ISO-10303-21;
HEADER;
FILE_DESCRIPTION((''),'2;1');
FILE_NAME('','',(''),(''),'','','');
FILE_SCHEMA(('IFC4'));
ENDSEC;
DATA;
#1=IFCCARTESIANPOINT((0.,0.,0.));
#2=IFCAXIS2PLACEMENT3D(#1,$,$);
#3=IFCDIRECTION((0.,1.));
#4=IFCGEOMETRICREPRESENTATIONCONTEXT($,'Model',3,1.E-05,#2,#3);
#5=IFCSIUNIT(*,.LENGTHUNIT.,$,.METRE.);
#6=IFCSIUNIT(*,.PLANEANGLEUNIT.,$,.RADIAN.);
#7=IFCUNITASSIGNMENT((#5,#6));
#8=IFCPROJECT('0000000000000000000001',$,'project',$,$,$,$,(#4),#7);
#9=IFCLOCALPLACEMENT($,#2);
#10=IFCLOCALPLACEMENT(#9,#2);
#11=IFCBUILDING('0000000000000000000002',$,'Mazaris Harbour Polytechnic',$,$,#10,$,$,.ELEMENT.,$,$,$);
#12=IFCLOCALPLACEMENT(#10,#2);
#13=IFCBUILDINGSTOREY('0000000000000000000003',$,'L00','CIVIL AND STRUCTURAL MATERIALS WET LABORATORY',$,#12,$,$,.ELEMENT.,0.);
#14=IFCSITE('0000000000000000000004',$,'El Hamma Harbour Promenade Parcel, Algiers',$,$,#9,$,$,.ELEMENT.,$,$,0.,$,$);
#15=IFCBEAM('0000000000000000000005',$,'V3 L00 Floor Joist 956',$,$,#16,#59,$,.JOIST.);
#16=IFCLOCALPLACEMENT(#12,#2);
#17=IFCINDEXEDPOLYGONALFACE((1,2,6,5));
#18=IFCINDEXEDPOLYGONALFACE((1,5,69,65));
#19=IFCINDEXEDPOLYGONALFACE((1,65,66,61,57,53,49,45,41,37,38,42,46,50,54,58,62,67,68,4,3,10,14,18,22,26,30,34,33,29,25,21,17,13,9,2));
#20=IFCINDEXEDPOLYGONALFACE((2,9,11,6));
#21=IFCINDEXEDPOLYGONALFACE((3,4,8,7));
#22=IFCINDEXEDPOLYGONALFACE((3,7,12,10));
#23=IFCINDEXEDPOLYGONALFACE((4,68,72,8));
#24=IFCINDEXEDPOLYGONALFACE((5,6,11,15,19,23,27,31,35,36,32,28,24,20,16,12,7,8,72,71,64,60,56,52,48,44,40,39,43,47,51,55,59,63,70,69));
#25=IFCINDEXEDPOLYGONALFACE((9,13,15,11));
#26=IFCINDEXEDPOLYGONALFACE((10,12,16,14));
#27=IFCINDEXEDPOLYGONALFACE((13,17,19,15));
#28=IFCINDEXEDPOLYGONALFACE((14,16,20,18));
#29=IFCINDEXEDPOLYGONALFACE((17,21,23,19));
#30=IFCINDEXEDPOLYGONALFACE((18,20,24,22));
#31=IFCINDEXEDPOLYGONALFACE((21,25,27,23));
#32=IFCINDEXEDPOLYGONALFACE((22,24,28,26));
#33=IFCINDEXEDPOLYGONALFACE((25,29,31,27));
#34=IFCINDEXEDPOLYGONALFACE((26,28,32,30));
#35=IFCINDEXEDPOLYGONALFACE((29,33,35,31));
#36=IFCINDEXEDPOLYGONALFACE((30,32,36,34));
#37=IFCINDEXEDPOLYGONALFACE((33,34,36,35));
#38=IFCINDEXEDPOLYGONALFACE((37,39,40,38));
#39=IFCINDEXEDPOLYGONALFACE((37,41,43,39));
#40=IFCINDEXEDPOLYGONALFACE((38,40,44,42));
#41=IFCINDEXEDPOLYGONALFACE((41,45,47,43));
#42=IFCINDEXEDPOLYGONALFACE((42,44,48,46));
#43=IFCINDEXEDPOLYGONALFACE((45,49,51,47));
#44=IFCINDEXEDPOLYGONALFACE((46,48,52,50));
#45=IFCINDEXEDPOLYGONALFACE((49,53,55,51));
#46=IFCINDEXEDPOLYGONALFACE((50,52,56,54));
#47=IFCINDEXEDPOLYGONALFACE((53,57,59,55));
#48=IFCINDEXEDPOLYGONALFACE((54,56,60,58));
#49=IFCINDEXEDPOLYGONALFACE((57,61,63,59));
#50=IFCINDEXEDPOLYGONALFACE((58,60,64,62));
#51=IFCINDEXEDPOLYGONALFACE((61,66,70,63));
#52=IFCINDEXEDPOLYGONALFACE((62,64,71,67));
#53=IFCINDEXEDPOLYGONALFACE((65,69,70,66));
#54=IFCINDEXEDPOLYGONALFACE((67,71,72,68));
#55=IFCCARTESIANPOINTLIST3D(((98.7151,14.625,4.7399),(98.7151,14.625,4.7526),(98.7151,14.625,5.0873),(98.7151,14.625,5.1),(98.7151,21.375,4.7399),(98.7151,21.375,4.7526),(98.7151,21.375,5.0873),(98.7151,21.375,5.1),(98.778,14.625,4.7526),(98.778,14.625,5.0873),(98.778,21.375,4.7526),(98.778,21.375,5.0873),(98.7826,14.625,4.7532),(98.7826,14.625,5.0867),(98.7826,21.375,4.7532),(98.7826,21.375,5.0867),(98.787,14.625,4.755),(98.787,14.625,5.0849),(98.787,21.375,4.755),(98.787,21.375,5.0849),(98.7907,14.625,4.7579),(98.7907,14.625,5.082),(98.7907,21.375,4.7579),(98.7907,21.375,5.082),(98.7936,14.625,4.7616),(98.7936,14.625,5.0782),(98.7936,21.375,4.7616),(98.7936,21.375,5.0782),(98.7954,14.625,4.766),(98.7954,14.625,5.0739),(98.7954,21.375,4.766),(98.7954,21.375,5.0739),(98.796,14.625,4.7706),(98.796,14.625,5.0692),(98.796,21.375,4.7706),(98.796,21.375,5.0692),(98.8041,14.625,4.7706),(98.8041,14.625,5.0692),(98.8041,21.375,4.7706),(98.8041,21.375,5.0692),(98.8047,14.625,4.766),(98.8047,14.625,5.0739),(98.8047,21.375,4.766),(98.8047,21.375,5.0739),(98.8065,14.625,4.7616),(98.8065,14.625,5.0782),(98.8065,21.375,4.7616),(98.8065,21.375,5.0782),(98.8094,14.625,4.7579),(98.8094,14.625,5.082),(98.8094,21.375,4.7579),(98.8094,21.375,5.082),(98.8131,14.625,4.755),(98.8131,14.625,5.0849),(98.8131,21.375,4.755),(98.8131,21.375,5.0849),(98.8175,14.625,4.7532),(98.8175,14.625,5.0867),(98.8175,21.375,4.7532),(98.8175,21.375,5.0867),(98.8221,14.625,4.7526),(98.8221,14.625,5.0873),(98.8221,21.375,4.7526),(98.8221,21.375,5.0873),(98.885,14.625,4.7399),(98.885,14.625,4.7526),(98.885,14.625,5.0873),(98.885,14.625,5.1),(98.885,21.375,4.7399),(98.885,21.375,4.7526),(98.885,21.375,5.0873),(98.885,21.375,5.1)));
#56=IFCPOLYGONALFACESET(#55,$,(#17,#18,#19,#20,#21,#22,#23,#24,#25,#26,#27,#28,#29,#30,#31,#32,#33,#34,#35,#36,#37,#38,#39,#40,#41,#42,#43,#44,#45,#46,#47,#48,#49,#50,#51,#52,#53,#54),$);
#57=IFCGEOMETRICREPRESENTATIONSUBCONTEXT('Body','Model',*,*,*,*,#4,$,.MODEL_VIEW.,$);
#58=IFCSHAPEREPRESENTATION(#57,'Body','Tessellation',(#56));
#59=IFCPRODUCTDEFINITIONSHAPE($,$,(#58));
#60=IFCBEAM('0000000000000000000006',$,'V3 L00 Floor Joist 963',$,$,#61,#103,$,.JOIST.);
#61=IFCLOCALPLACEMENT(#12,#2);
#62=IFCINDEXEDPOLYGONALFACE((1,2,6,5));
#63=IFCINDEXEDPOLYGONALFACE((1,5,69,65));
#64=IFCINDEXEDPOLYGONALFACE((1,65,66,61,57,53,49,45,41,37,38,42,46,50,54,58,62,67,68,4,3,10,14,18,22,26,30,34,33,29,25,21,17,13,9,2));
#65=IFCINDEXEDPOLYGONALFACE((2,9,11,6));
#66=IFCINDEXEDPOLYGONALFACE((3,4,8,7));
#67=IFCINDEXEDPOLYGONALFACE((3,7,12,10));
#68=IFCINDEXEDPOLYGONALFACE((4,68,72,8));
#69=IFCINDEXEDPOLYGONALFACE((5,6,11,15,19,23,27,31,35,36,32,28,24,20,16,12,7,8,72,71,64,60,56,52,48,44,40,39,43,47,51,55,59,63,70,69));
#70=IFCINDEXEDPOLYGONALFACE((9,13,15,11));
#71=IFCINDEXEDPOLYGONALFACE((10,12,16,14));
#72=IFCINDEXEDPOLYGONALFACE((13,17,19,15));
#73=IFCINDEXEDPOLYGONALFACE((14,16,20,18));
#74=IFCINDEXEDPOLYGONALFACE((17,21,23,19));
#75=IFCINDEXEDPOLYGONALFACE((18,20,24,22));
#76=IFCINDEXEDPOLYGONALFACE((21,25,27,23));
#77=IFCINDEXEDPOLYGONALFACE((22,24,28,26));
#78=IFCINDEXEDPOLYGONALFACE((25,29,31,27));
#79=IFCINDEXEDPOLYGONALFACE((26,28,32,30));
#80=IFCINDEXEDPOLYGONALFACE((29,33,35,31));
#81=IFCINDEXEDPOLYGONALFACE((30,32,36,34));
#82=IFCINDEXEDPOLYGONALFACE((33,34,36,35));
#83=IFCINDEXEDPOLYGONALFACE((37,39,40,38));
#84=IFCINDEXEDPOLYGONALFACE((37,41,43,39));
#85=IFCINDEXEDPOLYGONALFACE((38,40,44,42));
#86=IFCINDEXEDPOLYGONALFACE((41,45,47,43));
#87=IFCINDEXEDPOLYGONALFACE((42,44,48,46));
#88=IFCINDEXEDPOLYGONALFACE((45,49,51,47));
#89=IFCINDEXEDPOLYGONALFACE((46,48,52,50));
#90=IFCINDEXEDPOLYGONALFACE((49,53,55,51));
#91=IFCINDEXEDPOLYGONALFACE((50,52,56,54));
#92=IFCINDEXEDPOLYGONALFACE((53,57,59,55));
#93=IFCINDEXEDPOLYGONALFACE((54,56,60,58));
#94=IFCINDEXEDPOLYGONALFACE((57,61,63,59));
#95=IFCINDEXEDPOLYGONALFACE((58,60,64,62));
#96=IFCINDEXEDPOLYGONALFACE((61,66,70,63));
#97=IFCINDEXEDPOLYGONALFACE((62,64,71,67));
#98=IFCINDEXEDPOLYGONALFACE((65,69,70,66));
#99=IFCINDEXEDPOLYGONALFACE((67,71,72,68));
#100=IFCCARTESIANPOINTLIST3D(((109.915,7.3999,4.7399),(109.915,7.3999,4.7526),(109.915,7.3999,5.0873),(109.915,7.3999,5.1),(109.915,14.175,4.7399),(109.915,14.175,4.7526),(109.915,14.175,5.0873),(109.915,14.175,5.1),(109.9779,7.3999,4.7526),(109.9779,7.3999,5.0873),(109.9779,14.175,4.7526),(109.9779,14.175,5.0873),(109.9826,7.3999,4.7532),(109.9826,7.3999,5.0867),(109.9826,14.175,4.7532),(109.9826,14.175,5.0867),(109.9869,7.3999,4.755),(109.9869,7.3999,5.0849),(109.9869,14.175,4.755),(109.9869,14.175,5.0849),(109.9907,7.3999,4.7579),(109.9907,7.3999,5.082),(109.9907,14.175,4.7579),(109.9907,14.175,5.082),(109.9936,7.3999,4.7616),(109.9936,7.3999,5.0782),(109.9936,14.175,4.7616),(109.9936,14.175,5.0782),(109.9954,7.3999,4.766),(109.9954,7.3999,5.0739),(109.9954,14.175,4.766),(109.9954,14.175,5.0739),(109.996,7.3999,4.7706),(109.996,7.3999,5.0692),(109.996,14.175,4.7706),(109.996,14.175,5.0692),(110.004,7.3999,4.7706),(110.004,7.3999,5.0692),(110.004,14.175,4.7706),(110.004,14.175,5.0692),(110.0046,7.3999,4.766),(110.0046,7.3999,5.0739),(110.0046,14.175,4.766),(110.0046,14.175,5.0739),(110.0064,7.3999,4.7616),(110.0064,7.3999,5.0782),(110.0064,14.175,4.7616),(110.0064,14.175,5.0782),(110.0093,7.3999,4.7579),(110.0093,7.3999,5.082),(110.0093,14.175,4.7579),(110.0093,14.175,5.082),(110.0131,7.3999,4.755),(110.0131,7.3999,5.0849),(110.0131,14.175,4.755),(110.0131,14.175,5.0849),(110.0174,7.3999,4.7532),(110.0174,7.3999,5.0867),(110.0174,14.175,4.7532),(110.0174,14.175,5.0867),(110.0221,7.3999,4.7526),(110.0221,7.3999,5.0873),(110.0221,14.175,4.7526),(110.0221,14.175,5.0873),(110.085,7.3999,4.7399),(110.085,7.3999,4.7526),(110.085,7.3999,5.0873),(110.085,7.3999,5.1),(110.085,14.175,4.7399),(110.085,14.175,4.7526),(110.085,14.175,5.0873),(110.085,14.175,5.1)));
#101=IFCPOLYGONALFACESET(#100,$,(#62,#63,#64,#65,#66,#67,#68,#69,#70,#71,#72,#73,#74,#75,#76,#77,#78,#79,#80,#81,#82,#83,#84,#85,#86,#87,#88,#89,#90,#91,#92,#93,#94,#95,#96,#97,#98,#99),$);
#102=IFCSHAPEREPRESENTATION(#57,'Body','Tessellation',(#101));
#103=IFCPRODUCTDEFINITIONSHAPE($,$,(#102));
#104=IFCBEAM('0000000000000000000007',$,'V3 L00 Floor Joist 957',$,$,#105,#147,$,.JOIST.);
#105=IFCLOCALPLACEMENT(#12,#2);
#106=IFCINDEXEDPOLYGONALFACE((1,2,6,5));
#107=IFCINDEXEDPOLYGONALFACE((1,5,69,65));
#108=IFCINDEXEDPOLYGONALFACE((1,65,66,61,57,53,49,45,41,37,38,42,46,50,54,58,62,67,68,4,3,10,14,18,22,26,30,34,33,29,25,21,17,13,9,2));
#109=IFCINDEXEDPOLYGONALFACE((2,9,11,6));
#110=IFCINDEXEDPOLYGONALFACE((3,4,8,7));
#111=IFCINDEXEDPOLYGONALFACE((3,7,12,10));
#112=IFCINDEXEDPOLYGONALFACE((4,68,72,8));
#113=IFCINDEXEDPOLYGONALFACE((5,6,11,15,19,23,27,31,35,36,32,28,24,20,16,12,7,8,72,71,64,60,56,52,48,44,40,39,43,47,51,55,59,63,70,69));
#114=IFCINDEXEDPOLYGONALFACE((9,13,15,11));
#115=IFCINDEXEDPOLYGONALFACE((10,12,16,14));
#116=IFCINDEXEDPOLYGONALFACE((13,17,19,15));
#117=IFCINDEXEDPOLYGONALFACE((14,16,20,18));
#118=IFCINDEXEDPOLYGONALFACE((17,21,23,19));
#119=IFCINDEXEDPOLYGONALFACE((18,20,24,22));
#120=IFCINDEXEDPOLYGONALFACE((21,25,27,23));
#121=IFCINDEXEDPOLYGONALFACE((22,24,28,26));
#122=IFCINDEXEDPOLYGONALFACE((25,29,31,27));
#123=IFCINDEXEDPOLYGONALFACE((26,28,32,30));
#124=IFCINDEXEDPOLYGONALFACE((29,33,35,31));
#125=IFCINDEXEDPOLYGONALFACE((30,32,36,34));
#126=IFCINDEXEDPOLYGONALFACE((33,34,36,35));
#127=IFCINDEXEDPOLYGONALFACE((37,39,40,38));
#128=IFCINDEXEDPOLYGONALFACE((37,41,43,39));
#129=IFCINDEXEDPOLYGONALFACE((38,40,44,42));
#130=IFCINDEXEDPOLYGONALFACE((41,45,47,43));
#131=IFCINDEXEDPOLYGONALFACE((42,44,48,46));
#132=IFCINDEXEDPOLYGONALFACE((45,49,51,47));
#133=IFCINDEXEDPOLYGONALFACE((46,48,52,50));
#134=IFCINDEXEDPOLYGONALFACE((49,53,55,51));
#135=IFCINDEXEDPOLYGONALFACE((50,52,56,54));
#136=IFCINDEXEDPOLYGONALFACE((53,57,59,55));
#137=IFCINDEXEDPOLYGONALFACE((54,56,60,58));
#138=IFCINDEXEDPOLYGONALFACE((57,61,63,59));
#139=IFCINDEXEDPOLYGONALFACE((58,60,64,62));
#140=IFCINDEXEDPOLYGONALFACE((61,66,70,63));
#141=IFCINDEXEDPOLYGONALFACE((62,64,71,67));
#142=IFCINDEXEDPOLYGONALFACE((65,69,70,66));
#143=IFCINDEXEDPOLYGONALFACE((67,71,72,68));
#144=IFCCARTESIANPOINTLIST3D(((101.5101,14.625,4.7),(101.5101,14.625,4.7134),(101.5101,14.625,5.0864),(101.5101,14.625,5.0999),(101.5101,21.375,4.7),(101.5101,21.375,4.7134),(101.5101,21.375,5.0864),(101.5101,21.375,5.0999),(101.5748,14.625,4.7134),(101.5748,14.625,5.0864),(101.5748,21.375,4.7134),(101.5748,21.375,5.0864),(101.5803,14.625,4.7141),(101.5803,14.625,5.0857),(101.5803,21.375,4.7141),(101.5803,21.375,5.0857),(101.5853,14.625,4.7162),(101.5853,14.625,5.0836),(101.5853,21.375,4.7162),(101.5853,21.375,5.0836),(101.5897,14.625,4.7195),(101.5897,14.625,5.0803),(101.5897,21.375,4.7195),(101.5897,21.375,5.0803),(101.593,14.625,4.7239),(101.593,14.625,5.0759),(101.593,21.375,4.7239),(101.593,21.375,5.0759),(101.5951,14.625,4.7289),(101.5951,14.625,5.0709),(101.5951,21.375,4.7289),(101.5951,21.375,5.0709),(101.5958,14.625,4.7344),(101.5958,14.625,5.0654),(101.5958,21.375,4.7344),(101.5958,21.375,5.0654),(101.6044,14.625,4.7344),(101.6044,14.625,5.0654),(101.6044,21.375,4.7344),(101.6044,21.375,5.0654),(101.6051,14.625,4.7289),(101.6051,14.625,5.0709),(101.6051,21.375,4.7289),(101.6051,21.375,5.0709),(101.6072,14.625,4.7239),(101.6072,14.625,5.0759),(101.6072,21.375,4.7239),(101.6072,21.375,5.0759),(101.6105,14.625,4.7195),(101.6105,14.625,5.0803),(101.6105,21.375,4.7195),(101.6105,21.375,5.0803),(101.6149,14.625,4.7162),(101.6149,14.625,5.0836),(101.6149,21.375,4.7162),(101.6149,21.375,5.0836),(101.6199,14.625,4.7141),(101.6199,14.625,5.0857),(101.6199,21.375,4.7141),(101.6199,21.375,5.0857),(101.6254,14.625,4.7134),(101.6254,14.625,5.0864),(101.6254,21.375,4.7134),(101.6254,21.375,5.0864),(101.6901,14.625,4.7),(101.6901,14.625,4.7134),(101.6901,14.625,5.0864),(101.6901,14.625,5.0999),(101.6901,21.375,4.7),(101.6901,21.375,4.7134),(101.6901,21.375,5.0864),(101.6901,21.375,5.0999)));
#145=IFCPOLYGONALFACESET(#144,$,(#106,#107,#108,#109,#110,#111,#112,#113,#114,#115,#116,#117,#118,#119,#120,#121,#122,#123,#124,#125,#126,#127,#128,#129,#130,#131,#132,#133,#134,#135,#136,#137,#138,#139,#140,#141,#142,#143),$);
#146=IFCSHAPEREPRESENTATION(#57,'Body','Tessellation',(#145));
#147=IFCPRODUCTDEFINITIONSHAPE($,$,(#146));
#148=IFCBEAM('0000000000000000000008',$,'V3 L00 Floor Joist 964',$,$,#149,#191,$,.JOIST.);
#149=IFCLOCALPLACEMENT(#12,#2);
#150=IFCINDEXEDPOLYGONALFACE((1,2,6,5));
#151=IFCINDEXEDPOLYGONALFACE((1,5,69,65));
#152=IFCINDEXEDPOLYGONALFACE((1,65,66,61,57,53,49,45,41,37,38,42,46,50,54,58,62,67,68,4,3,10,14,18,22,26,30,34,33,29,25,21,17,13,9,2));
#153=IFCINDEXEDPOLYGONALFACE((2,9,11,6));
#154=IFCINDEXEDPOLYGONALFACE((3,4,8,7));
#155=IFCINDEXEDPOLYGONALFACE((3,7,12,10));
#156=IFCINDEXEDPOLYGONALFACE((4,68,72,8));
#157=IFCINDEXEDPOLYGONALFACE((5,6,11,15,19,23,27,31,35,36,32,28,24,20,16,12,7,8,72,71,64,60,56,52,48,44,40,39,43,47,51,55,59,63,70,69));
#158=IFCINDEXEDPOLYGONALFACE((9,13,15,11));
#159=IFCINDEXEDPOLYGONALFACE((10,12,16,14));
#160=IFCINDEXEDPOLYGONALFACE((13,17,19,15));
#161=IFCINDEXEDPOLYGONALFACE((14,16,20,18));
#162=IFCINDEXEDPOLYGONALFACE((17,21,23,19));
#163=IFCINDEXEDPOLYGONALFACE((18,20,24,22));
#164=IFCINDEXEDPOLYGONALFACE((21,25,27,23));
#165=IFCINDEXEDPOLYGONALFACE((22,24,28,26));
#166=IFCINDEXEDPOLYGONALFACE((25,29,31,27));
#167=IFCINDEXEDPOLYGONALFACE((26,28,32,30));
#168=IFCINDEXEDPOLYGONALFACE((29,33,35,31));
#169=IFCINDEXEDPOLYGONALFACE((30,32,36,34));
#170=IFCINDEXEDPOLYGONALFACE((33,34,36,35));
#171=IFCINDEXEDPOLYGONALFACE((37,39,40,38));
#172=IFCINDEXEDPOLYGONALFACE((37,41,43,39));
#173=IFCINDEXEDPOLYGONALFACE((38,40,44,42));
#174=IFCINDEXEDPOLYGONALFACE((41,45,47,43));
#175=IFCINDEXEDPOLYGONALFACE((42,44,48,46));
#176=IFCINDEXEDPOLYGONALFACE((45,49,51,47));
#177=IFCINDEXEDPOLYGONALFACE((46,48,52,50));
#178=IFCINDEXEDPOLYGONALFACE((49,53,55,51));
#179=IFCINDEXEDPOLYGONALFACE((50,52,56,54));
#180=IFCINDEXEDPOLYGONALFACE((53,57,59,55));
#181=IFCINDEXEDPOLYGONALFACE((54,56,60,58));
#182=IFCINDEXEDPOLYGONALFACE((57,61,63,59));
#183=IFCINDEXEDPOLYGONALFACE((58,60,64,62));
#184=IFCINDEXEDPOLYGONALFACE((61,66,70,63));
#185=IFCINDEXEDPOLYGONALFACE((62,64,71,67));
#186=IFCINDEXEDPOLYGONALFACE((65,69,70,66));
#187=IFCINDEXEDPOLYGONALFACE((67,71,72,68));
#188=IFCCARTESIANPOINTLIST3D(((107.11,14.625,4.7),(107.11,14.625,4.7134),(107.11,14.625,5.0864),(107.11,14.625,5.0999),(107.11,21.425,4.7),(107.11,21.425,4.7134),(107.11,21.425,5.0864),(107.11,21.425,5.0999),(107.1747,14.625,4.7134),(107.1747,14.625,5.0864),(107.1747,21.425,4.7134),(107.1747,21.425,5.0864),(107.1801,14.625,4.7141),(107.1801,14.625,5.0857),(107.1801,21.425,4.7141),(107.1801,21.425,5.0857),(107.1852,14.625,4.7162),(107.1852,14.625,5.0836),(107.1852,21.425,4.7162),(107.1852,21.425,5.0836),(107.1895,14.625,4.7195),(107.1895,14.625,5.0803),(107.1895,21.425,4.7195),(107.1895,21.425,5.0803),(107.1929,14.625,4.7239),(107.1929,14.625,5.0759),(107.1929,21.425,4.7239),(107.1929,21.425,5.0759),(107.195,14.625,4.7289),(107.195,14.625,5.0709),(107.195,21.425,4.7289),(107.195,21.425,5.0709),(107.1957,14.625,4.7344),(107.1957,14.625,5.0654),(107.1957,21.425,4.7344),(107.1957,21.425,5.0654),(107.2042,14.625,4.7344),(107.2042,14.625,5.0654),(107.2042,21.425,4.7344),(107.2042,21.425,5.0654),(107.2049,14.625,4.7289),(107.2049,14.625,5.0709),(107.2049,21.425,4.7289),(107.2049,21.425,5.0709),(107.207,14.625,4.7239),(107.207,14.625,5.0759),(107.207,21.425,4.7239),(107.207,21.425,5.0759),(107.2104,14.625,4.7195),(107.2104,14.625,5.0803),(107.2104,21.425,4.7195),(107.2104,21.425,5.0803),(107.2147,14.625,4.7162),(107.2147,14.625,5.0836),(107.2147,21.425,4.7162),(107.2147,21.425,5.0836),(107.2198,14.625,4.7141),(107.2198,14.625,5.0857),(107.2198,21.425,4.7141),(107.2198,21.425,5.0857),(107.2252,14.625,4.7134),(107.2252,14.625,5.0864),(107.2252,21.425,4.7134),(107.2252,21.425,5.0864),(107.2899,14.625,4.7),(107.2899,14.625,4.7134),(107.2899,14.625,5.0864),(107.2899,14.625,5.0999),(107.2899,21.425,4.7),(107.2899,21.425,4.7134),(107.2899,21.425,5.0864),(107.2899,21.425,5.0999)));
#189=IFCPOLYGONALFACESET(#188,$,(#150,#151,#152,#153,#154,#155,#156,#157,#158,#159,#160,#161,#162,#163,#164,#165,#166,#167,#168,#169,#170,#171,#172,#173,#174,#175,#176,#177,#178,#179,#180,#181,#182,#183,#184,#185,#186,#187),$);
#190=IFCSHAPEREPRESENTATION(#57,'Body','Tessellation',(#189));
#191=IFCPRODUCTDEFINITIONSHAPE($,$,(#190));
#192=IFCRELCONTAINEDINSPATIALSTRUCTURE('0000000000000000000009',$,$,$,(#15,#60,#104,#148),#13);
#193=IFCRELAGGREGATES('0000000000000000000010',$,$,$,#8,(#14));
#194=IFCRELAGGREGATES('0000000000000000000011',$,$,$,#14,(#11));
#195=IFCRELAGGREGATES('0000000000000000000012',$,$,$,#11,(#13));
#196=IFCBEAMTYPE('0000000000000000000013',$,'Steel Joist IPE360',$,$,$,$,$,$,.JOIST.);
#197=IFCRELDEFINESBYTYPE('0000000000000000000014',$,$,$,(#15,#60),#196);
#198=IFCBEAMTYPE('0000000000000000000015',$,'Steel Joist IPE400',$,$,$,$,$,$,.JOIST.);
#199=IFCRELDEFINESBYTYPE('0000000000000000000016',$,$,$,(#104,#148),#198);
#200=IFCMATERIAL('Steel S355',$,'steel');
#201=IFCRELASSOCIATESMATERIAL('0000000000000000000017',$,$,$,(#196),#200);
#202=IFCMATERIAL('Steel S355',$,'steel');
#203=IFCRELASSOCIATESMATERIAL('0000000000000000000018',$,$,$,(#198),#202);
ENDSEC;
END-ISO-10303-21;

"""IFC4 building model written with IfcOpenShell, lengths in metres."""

from ifc_helpers import new_model, si_unit, direction, frame, origin, origin_2d, place, context, subcontext, project, spatial, i_section, extrude, material, material_profile, profile_set, type_object, element, save


model = new_model("IFC4")

# Units and contexts
model_context = context("Model", 3, precision=1e-05, world=origin(), true_north=direction((0.0, 1.0)))
body_context = subcontext(model_context, "Body", "Model", "MODEL_VIEW")
ifc_project = project(units=[si_unit("LENGTHUNIT", "METRE"), si_unit("PLANEANGLEUNIT", "RADIAN")], contexts=[model_context])

# Site, building, storey
site_placement = place(None, origin())
site = spatial("IfcSite", under=ifc_project, at=site_placement, Name="El Hamma Harbour Promenade Parcel, Algiers", CompositionType="ELEMENT", RefElevation=0.0)
building_placement = place(site_placement, origin())
building = spatial("IfcBuilding", under=site, at=building_placement, Name="Mazaris Harbour Polytechnic", CompositionType="ELEMENT")
storey_placement = place(building_placement, origin())
storey = spatial("IfcBuildingStorey", under=building, at=storey_placement, Name="L00", Description="CIVIL AND STRUCTURAL MATERIALS WET LABORATORY", CompositionType="ELEMENT", Elevation=0.0)

# Beams
ifc_material_1 = material(Name="Steel S355", Category="steel")
ifc_material_profile_1 = material_profile(ifc_material_1, i_section(OverallWidth=0.1699, OverallDepth=0.3601, WebThickness=0.0081, FlangeThickness=0.0127, FilletRadius=0.0181, at=origin_2d()), Name="IPE 360")
ifc_profile_set_1 = profile_set([ifc_material_profile_1], Name="Steel S355")
beam_type_1 = type_object("IfcBeamType", Name="Steel Joist IPE360", PredefinedType="JOIST", material=ifc_profile_set_1)
beam_1_placement = place(storey_placement, frame((98.8, 14.625, 4.9199), z_axis=(0.0, 1.0, 0.0), x_axis=(-1.0, 0.0, 0.0)))
element("IfcBeam", 1, at=beam_1_placement, inside=storey, type_object=beam_type_1, Name="V3 L00 Floor Joist 956", PredefinedType="JOIST", context=body_context, shape_type="SweptSolid", body=[
    extrude(i_section(OverallWidth=0.1699, OverallDepth=0.3601, WebThickness=0.0081, FlangeThickness=0.0127, FilletRadius=0.0181, at=origin_2d()), origin(), (0.0, 0.0, 1.0), 6.75),
])
beam_2_placement = place(storey_placement, frame((110.0, 7.3999, 4.9199), z_axis=(0.0, 1.0, 0.0), x_axis=(-1.0, 0.0, 0.0)))
element("IfcBeam", 2, at=beam_2_placement, inside=storey, type_object=beam_type_1, Name="V3 L00 Floor Joist 963", PredefinedType="JOIST", context=body_context, shape_type="SweptSolid", body=[
    extrude(i_section(OverallWidth=0.1699, OverallDepth=0.3601, WebThickness=0.0081, FlangeThickness=0.0127, FilletRadius=0.0181, at=origin_2d()), origin(), (0.0, 0.0, 1.0), 6.7751),
])
ifc_material_2 = material(Name="Steel S355", Category="steel")
ifc_material_profile_2 = material_profile(ifc_material_2, i_section(OverallWidth=0.1799, OverallDepth=0.3999, WebThickness=0.0085, FlangeThickness=0.0134, FilletRadius=0.021, at=origin_2d()), Name="IPE 400")
ifc_profile_set_2 = profile_set([ifc_material_profile_2], Name="Steel S355")
beam_type_2 = type_object("IfcBeamType", Name="Steel Joist IPE400", PredefinedType="JOIST", material=ifc_profile_set_2)
beam_3_placement = place(storey_placement, frame((101.6001, 14.625, 4.8999), z_axis=(0.0, 1.0, 0.0), x_axis=(-1.0, 0.0, 0.0)))
element("IfcBeam", 3, at=beam_3_placement, inside=storey, type_object=beam_type_2, Name="V3 L00 Floor Joist 957", PredefinedType="JOIST", context=body_context, shape_type="SweptSolid", body=[
    extrude(i_section(OverallWidth=0.1799, OverallDepth=0.3999, WebThickness=0.0085, FlangeThickness=0.0134, FilletRadius=0.021, at=origin_2d()), origin(), (0.0, 0.0, 1.0), 6.75),
])
beam_4_placement = place(storey_placement, frame((107.2, 14.625, 4.8999), z_axis=(0.0, 1.0, 0.0), x_axis=(-1.0, 0.0, 0.0)))
element("IfcBeam", 4, at=beam_4_placement, inside=storey, type_object=beam_type_2, Name="V3 L00 Floor Joist 964", PredefinedType="JOIST", context=body_context, shape_type="SweptSolid", body=[
    extrude(i_section(OverallWidth=0.1799, OverallDepth=0.3999, WebThickness=0.0085, FlangeThickness=0.0134, FilletRadius=0.021, at=origin_2d()), origin(), (0.0, 0.0, 1.0), 6.8),
])

save(model, "model.ifc")
